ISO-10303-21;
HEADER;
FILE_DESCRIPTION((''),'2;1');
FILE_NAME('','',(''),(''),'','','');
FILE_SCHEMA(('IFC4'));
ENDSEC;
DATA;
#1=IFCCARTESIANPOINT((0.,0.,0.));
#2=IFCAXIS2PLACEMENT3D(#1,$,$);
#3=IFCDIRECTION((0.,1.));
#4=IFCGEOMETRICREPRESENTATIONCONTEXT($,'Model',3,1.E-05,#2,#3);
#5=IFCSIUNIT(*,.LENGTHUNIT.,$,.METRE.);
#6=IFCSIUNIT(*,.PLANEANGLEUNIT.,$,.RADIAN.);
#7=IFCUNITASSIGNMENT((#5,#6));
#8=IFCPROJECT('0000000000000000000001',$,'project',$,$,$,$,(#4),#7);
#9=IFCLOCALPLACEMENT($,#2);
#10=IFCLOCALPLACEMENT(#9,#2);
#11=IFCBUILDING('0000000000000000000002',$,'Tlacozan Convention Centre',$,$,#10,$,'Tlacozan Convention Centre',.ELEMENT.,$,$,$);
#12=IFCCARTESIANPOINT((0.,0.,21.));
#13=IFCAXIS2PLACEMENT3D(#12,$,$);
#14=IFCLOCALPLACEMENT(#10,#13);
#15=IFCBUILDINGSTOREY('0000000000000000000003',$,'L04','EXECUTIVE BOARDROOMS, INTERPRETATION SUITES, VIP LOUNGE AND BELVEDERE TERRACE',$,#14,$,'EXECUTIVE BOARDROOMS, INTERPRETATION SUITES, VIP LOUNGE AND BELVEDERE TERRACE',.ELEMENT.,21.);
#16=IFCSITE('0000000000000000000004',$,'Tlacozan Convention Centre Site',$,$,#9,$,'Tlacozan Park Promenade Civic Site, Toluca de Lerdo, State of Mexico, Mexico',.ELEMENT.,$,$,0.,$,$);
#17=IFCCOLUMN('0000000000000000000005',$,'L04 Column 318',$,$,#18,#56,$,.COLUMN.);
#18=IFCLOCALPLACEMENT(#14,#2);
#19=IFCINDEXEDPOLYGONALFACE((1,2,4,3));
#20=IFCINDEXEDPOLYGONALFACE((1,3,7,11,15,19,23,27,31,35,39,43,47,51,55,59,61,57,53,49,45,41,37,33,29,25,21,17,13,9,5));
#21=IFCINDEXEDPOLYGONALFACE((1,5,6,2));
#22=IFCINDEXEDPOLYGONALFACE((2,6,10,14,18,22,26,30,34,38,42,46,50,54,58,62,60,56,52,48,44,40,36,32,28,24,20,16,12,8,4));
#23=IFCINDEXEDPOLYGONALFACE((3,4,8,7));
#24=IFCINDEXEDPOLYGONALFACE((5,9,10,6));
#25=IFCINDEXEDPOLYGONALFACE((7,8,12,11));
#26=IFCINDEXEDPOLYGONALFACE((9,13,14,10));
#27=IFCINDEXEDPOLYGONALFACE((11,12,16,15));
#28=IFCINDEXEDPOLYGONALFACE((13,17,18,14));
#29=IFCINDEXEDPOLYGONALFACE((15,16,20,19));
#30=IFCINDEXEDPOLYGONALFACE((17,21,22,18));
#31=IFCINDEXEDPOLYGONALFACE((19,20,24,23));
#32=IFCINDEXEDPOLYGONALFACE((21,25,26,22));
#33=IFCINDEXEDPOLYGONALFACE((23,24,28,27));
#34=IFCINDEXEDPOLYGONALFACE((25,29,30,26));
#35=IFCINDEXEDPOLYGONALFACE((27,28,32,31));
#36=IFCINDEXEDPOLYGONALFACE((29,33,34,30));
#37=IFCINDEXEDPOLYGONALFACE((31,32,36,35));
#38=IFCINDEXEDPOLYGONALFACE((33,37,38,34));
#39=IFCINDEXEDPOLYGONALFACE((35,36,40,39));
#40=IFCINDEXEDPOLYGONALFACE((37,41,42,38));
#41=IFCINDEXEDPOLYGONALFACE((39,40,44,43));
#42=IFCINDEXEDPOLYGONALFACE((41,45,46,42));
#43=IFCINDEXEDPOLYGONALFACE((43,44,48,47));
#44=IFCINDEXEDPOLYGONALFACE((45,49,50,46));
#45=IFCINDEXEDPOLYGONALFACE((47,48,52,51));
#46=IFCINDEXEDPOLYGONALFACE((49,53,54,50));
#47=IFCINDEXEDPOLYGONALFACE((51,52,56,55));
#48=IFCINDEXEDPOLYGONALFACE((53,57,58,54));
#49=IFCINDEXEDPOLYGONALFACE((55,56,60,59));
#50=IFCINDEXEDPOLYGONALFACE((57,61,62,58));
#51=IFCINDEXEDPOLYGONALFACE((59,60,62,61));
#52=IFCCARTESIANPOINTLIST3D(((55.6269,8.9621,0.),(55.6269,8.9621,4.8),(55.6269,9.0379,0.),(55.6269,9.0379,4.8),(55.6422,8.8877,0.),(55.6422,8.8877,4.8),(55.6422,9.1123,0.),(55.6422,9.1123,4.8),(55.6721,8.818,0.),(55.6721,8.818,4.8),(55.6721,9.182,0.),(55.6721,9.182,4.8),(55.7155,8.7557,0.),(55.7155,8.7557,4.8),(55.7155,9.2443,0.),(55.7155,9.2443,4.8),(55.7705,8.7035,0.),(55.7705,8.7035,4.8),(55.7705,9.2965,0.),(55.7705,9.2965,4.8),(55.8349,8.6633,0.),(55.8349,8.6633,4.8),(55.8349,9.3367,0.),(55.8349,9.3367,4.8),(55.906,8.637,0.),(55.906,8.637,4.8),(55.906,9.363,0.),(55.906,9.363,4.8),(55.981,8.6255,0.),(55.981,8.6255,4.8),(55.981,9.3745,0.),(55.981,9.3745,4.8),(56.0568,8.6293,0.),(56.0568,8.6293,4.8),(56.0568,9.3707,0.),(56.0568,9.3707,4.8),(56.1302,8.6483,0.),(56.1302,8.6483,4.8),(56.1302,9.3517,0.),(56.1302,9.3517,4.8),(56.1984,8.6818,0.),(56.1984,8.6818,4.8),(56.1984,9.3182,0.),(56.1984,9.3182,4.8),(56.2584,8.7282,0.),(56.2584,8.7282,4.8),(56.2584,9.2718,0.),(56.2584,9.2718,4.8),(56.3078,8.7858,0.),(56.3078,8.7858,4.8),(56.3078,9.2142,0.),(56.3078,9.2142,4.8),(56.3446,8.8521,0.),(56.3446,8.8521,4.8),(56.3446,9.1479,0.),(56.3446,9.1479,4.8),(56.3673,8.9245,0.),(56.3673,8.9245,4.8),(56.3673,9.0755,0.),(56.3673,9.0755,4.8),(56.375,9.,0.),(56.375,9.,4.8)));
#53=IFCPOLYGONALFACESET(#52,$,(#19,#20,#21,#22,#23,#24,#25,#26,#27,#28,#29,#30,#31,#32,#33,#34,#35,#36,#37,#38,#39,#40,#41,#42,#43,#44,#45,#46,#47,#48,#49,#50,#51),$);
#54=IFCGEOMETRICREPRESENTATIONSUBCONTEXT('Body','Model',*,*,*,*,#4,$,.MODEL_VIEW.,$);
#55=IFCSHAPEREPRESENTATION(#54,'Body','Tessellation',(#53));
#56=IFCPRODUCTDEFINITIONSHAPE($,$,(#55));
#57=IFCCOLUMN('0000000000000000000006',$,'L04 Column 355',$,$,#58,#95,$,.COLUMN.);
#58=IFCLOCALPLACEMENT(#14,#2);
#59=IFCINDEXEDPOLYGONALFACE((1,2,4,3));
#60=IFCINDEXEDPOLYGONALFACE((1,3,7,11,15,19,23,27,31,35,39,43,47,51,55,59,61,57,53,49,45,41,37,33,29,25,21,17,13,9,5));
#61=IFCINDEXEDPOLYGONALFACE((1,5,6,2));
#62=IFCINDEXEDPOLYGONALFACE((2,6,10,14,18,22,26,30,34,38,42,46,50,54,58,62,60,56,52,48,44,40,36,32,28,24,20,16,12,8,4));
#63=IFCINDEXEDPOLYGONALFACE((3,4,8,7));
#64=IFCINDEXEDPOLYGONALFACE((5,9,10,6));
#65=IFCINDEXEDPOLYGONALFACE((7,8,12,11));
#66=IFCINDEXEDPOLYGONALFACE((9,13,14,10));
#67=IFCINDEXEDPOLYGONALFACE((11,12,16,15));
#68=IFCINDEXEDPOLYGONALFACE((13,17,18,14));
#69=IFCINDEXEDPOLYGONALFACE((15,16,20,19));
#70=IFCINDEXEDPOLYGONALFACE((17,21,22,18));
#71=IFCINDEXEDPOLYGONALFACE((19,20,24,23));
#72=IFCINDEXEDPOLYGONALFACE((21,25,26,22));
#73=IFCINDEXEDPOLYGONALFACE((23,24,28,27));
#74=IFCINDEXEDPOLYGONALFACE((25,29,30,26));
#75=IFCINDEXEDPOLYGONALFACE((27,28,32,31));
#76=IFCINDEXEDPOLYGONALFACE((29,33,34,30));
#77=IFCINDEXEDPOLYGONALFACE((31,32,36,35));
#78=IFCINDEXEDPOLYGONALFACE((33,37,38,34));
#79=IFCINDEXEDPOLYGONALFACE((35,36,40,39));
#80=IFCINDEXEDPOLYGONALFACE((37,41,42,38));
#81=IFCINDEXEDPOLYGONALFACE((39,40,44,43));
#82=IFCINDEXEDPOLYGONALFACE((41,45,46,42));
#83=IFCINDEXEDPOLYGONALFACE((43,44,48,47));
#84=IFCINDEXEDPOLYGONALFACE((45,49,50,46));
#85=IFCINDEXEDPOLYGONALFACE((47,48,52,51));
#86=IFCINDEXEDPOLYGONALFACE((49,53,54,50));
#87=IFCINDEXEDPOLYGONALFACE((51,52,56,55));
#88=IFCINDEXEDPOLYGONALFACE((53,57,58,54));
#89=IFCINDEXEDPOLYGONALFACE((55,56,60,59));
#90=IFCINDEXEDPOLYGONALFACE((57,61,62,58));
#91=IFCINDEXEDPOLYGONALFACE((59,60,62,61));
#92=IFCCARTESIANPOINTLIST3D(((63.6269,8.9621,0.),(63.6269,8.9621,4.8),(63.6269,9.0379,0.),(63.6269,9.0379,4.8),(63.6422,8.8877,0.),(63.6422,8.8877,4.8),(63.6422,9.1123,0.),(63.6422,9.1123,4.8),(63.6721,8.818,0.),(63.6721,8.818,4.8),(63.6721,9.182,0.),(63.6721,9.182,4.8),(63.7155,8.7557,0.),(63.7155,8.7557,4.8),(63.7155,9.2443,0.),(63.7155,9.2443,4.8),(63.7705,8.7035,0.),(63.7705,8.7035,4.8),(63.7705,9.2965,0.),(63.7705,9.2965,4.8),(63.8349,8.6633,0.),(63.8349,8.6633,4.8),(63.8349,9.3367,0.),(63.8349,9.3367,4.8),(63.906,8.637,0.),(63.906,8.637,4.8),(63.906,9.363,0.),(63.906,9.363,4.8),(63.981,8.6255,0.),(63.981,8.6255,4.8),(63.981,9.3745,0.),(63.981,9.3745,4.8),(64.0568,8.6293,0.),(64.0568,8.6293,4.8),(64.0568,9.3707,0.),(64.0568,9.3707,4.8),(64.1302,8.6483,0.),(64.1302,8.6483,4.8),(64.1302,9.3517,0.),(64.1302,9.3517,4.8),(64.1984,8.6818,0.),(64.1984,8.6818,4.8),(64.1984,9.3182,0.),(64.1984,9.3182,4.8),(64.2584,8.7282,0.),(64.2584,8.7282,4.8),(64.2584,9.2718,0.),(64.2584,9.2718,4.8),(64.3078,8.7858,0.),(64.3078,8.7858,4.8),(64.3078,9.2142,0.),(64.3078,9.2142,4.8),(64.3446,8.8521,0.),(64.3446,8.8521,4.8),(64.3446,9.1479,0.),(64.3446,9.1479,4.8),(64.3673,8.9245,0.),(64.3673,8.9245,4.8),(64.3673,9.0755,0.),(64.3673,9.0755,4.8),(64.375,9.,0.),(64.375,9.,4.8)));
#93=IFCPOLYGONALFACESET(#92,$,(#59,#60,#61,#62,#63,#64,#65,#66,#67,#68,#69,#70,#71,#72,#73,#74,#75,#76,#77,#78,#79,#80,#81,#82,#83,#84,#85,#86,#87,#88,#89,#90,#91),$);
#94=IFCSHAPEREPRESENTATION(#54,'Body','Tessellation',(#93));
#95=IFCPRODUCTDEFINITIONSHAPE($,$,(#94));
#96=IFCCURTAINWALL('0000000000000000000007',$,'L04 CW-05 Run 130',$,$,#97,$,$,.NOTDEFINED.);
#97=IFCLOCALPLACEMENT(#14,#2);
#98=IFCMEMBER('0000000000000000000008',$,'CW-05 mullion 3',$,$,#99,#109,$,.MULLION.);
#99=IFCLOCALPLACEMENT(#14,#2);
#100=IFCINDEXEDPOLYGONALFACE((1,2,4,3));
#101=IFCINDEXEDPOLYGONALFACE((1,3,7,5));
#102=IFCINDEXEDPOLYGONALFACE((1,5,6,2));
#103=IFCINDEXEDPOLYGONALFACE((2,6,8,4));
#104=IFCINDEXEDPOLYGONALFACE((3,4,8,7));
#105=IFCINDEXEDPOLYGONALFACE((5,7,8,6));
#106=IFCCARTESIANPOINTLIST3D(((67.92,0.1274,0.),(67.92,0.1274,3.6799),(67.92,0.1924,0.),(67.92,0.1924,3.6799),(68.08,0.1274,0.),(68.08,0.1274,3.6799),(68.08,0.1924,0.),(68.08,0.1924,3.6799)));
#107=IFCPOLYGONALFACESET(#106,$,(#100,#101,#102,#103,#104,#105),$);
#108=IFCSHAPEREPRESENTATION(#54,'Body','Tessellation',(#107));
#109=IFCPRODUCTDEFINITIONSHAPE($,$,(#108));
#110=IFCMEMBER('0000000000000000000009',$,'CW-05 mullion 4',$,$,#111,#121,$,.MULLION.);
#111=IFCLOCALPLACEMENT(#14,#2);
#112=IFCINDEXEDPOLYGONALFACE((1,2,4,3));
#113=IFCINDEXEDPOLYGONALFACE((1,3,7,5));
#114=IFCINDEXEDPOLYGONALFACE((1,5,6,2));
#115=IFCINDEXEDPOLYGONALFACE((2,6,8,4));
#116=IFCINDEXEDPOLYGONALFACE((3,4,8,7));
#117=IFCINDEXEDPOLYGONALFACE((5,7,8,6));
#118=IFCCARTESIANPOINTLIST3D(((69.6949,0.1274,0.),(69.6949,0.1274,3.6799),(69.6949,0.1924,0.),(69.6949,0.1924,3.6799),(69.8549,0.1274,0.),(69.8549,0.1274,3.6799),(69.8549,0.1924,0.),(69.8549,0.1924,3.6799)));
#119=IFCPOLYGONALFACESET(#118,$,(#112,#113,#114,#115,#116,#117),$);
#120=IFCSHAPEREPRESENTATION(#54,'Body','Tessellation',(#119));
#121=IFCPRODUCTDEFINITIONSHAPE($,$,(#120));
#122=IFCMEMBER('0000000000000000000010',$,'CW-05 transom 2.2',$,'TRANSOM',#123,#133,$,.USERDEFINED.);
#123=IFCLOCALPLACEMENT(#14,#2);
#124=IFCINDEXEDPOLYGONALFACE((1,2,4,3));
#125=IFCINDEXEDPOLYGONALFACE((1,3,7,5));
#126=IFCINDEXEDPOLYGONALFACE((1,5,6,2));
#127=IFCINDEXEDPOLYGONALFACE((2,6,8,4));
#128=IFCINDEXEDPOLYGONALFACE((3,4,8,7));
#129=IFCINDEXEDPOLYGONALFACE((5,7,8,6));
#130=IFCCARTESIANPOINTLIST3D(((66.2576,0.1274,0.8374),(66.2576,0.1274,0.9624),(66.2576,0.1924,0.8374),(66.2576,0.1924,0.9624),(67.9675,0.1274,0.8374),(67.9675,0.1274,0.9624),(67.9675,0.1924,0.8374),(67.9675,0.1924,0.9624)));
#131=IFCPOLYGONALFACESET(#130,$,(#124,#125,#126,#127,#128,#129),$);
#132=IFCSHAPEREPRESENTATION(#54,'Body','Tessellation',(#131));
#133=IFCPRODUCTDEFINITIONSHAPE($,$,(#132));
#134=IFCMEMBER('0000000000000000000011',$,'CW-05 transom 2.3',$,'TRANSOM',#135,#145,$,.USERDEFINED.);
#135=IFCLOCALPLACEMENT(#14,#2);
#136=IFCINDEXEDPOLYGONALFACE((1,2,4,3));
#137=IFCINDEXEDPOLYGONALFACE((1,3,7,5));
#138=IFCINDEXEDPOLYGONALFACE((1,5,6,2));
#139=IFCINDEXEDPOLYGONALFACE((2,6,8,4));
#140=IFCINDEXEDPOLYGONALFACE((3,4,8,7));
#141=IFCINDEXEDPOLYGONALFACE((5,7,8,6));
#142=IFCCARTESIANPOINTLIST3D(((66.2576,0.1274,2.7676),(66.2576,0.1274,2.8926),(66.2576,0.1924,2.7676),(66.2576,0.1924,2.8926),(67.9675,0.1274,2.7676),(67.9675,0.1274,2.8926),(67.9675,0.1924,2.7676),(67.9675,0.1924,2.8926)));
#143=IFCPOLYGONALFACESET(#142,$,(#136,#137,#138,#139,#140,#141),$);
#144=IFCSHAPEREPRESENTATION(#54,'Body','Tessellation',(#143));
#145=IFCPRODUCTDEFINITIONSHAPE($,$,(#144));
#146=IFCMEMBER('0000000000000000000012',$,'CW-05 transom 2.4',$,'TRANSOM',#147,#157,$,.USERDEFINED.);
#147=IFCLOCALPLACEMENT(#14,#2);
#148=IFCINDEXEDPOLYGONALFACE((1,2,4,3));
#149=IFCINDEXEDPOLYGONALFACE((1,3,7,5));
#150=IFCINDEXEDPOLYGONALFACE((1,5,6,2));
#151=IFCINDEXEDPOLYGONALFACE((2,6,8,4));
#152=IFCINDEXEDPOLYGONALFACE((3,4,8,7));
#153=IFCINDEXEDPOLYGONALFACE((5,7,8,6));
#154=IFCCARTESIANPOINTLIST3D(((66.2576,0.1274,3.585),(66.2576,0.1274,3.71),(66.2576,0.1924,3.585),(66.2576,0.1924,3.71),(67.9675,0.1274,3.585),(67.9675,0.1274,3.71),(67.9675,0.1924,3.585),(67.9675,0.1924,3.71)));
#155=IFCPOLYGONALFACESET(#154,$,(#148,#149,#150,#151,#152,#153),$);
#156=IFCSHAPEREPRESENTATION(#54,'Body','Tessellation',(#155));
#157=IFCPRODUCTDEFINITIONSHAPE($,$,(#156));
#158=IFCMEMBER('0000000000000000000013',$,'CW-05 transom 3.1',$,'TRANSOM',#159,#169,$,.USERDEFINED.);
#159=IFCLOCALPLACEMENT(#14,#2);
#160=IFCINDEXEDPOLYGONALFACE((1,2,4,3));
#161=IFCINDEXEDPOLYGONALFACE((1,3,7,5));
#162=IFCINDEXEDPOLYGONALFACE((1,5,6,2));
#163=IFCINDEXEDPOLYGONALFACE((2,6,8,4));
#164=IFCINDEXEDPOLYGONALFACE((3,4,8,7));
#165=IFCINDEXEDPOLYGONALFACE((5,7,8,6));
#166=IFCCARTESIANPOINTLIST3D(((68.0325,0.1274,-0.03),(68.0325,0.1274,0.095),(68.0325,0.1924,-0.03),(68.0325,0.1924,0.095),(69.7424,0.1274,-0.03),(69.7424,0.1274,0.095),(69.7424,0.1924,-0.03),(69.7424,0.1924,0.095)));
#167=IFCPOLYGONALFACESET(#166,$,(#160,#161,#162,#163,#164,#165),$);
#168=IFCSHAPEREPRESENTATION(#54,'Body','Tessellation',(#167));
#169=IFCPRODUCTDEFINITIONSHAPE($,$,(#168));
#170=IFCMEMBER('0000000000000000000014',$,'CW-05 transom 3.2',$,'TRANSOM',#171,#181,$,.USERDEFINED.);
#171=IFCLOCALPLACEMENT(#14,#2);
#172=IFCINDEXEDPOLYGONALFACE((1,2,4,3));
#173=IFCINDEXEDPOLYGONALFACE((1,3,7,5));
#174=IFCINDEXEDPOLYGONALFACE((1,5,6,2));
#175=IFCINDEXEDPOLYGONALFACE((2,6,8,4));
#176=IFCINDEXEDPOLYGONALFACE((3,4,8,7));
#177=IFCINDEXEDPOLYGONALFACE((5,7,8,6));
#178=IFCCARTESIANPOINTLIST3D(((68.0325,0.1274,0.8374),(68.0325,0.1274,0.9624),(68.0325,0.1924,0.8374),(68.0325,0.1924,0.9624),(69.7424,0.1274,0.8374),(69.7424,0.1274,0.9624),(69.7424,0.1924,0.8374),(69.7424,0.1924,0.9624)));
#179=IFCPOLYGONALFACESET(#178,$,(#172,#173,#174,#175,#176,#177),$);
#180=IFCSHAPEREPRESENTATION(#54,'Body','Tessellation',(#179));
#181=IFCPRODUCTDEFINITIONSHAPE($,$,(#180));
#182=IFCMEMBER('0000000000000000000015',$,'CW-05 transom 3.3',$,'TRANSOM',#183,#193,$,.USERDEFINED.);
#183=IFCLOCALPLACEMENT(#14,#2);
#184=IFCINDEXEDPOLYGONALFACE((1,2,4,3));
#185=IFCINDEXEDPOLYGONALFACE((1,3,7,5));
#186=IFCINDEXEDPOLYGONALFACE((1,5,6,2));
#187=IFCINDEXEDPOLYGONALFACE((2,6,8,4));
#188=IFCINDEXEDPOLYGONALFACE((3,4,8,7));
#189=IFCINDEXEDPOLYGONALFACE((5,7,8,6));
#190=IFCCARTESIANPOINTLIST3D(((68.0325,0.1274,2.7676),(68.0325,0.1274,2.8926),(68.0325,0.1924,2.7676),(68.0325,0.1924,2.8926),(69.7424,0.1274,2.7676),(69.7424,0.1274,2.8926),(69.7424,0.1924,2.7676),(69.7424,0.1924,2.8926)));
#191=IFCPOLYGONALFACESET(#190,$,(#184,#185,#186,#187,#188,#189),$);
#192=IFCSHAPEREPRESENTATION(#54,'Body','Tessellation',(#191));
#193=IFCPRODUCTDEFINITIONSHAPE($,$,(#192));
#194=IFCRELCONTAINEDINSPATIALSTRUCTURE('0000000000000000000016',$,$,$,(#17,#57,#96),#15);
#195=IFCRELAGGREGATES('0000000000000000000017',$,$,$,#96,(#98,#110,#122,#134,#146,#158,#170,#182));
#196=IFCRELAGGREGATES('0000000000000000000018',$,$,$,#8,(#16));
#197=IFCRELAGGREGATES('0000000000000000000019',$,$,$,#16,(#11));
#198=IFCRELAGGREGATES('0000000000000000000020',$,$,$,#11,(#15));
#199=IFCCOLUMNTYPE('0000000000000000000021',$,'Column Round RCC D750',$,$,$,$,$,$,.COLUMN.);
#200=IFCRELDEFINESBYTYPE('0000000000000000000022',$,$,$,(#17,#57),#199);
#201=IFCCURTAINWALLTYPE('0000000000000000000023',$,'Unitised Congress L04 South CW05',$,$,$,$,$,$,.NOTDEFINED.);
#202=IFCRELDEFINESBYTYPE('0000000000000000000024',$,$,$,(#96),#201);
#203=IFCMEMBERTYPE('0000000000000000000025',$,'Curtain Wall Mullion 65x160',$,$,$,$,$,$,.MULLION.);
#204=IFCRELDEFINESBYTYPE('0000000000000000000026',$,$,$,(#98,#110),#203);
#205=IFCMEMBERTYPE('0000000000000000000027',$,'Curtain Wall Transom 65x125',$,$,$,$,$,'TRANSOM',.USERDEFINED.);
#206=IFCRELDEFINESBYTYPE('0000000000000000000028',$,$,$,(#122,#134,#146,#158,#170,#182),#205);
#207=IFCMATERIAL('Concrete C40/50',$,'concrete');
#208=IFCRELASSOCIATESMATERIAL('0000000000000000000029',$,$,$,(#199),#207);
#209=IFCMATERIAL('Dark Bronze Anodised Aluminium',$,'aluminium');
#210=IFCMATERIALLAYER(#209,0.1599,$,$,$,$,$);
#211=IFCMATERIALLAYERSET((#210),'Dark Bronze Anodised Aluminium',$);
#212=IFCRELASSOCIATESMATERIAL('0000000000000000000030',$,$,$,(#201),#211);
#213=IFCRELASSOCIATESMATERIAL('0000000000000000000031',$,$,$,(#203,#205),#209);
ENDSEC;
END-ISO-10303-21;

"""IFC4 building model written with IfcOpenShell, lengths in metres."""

from ifc_helpers import new_model, si_unit, direction, frame, origin, origin_2d, place, context, subcontext, project, spatial, rectangle, circle, extrude, material, layer, layer_set, material_profile, profile_set, type_object, element, aggregate, save


model = new_model("IFC4")

# Units and contexts
model_context = context("Model", 3, precision=1e-05, world=origin(), true_north=direction((0.0, 1.0)))
body_context = subcontext(model_context, "Body", "Model", "MODEL_VIEW")
ifc_project = project(units=[si_unit("LENGTHUNIT", "METRE"), si_unit("PLANEANGLEUNIT", "RADIAN")], contexts=[model_context])

# Site, building, storey
site_placement = place(None, origin())
site = spatial("IfcSite", under=ifc_project, at=site_placement, Name="Tlacozan Convention Centre Site", LongName="Tlacozan Park Promenade Civic Site, Toluca de Lerdo, State of Mexico, Mexico", CompositionType="ELEMENT", RefElevation=0.0)
building_placement = place(site_placement, origin())
building = spatial("IfcBuilding", under=site, at=building_placement, Name="Tlacozan Convention Centre", LongName="Tlacozan Convention Centre", CompositionType="ELEMENT")
storey_placement = place(building_placement, frame((0.0, 0.0, 21.0)))
storey = spatial("IfcBuildingStorey", under=building, at=storey_placement, Name="L04", Description="EXECUTIVE BOARDROOMS, INTERPRETATION SUITES, VIP LOUNGE AND BELVEDERE TERRACE", LongName="EXECUTIVE BOARDROOMS, INTERPRETATION SUITES, VIP LOUNGE AND BELVEDERE TERRACE", CompositionType="ELEMENT", Elevation=21.0)

# Columns
ifc_material_1 = material(Name="Concrete C40/50", Category="concrete")
ifc_material_profile_1 = material_profile(ifc_material_1, circle(Radius=0.375, at=origin_2d()), Name="RCC D750")
ifc_profile_set_1 = profile_set([ifc_material_profile_1], Name="Concrete C40/50")
column_type = type_object("IfcColumnType", Name="Column Round RCC D750", PredefinedType="COLUMN", material=ifc_profile_set_1)
for number, where, z_axis, x_axis, name in (
    (1, (56.0, 9.0, 0.0), (0.0, 0.0, 1.0), (1.0, 0.0, 0.0), "L04 Column 318"),
    (2, (64.0, 9.0, 0.0), (0.0, 0.0, 1.0), (1.0, 0.0, 0.0), "L04 Column 355"),
):
    element("IfcColumn", number, at=place(storey_placement, frame(where, z_axis=z_axis, x_axis=x_axis)), inside=storey, type_object=column_type, Name=name, PredefinedType="COLUMN", context=body_context, shape_type="SweptSolid", body=[
        extrude(circle(Radius=0.375, at=origin_2d()), origin(), (0.0, 0.0, 1.0), 4.8),
    ])

# Curtain wall, members
ifc_material_2 = material(Name="Dark Bronze Anodised Aluminium", Category="aluminium")
ifc_layer_1 = layer(ifc_material_2, 0.1599)
ifc_layer_set_1 = layer_set([ifc_layer_1], Name="Dark Bronze Anodised Aluminium")
curtain_wall_type = type_object("IfcCurtainWallType", Name="Unitised Congress L04 South CW05", PredefinedType="NOTDEFINED", material=ifc_layer_set_1)
curtain_wall_placement = place(storey_placement, origin())
curtain_wall = element("IfcCurtainWall", 3, at=curtain_wall_placement, inside=storey, type_object=curtain_wall_type, Name="L04 CW-05 Run 130", PredefinedType="NOTDEFINED")
ifc_material_profile_2 = material_profile(ifc_material_2, rectangle(XDim=0.0649, YDim=0.1599, at=origin_2d()), Name="ALU 65x160")
ifc_profile_set_2 = profile_set([ifc_material_profile_2], Name="Dark Bronze Anodised Aluminium")
member_type_1 = type_object("IfcMemberType", Name="Curtain Wall Mullion 65x160", PredefinedType="MULLION", material=ifc_profile_set_2)
member_1_placement = place(storey_placement, frame((68.0, 0.1599, 0.0), z_axis=(0.0, 0.0, 1.0), x_axis=(0.0, 1.0, 0.0)))
member_1 = element("IfcMember", 4, at=member_1_placement, type_object=member_type_1, Name="CW-05 mullion 3", PredefinedType="MULLION", context=body_context, shape_type="SweptSolid", body=[
    extrude(rectangle(XDim=0.0649, YDim=0.1599, at=origin_2d()), origin(), (0.0, 0.0, 1.0), 3.6799),
])
member_2_placement = place(storey_placement, frame((69.7749, 0.1599, 0.0), z_axis=(0.0, 0.0, 1.0), x_axis=(0.0, 1.0, 0.0)))
member_2 = element("IfcMember", 5, at=member_2_placement, type_object=member_type_1, Name="CW-05 mullion 4", PredefinedType="MULLION", context=body_context, shape_type="SweptSolid", body=[
    extrude(rectangle(XDim=0.0649, YDim=0.1599, at=origin_2d()), origin(), (0.0, 0.0, 1.0), 3.6799),
])
ifc_material_profile_3 = material_profile(ifc_material_2, rectangle(XDim=0.0649, YDim=0.125, at=origin_2d()), Name="ALU 65x125")
ifc_profile_set_3 = profile_set([ifc_material_profile_3], Name="Dark Bronze Anodised Aluminium")
member_type_2 = type_object("IfcMemberType", Name="Curtain Wall Transom 65x125", ElementType="TRANSOM", PredefinedType="USERDEFINED", material=ifc_profile_set_3)
member_3_placement = place(storey_placement, frame((66.2576, 0.1599, 0.8999), z_axis=(1.0, 0.0, 0.0), x_axis=(0.0, 1.0, 0.0)))
member_3 = element("IfcMember", 6, at=member_3_placement, type_object=member_type_2, Name="CW-05 transom 2.2", ObjectType="TRANSOM", PredefinedType="USERDEFINED", context=body_context, shape_type="SweptSolid", body=[
    extrude(rectangle(XDim=0.0649, YDim=0.125, at=origin_2d()), origin(), (0.0, 0.0, 1.0), 1.71),
])
member_4_placement = place(storey_placement, frame((66.2576, 0.1599, 2.8301), z_axis=(1.0, 0.0, 0.0), x_axis=(0.0, 1.0, 0.0)))
member_4 = element("IfcMember", 7, at=member_4_placement, type_object=member_type_2, Name="CW-05 transom 2.3", ObjectType="TRANSOM", PredefinedType="USERDEFINED", context=body_context, shape_type="SweptSolid", body=[
    extrude(rectangle(XDim=0.0649, YDim=0.125, at=origin_2d()), origin(), (0.0, 0.0, 1.0), 1.71),
])
member_5_placement = place(storey_placement, frame((66.2576, 0.1599, 3.6475), z_axis=(1.0, 0.0, 0.0), x_axis=(0.0, 1.0, 0.0)))
member_5 = element("IfcMember", 8, at=member_5_placement, type_object=member_type_2, Name="CW-05 transom 2.4", ObjectType="TRANSOM", PredefinedType="USERDEFINED", context=body_context, shape_type="SweptSolid", body=[
    extrude(rectangle(XDim=0.0649, YDim=0.125, at=origin_2d()), origin(), (0.0, 0.0, 1.0), 1.71),
])
member_6_placement = place(storey_placement, frame((68.0325, 0.1599, 0.0325), z_axis=(1.0, 0.0, 0.0), x_axis=(0.0, 1.0, 0.0)))
member_6 = element("IfcMember", 9, at=member_6_placement, type_object=member_type_2, Name="CW-05 transom 3.1", ObjectType="TRANSOM", PredefinedType="USERDEFINED", context=body_context, shape_type="SweptSolid", body=[
    extrude(rectangle(XDim=0.0649, YDim=0.125, at=origin_2d()), origin(), (0.0, 0.0, 1.0), 1.71),
])
member_7_placement = place(storey_placement, frame((68.0325, 0.1599, 0.8999), z_axis=(1.0, 0.0, 0.0), x_axis=(0.0, 1.0, 0.0)))
member_7 = element("IfcMember", 10, at=member_7_placement, type_object=member_type_2, Name="CW-05 transom 3.2", ObjectType="TRANSOM", PredefinedType="USERDEFINED", context=body_context, shape_type="SweptSolid", body=[
    extrude(rectangle(XDim=0.0649, YDim=0.125, at=origin_2d()), origin(), (0.0, 0.0, 1.0), 1.71),
])
member_8_placement = place(storey_placement, frame((68.0325, 0.1599, 2.8301), z_axis=(1.0, 0.0, 0.0), x_axis=(0.0, 1.0, 0.0)))
member_8 = element("IfcMember", 11, at=member_8_placement, type_object=member_type_2, Name="CW-05 transom 3.3", ObjectType="TRANSOM", PredefinedType="USERDEFINED", context=body_context, shape_type="SweptSolid", body=[
    extrude(rectangle(XDim=0.0649, YDim=0.125, at=origin_2d()), origin(), (0.0, 0.0, 1.0), 1.71),
])

aggregate(curtain_wall, [member_1, member_2, member_3, member_4, member_5, member_6, member_7, member_8])

save(model, "model.ifc")
